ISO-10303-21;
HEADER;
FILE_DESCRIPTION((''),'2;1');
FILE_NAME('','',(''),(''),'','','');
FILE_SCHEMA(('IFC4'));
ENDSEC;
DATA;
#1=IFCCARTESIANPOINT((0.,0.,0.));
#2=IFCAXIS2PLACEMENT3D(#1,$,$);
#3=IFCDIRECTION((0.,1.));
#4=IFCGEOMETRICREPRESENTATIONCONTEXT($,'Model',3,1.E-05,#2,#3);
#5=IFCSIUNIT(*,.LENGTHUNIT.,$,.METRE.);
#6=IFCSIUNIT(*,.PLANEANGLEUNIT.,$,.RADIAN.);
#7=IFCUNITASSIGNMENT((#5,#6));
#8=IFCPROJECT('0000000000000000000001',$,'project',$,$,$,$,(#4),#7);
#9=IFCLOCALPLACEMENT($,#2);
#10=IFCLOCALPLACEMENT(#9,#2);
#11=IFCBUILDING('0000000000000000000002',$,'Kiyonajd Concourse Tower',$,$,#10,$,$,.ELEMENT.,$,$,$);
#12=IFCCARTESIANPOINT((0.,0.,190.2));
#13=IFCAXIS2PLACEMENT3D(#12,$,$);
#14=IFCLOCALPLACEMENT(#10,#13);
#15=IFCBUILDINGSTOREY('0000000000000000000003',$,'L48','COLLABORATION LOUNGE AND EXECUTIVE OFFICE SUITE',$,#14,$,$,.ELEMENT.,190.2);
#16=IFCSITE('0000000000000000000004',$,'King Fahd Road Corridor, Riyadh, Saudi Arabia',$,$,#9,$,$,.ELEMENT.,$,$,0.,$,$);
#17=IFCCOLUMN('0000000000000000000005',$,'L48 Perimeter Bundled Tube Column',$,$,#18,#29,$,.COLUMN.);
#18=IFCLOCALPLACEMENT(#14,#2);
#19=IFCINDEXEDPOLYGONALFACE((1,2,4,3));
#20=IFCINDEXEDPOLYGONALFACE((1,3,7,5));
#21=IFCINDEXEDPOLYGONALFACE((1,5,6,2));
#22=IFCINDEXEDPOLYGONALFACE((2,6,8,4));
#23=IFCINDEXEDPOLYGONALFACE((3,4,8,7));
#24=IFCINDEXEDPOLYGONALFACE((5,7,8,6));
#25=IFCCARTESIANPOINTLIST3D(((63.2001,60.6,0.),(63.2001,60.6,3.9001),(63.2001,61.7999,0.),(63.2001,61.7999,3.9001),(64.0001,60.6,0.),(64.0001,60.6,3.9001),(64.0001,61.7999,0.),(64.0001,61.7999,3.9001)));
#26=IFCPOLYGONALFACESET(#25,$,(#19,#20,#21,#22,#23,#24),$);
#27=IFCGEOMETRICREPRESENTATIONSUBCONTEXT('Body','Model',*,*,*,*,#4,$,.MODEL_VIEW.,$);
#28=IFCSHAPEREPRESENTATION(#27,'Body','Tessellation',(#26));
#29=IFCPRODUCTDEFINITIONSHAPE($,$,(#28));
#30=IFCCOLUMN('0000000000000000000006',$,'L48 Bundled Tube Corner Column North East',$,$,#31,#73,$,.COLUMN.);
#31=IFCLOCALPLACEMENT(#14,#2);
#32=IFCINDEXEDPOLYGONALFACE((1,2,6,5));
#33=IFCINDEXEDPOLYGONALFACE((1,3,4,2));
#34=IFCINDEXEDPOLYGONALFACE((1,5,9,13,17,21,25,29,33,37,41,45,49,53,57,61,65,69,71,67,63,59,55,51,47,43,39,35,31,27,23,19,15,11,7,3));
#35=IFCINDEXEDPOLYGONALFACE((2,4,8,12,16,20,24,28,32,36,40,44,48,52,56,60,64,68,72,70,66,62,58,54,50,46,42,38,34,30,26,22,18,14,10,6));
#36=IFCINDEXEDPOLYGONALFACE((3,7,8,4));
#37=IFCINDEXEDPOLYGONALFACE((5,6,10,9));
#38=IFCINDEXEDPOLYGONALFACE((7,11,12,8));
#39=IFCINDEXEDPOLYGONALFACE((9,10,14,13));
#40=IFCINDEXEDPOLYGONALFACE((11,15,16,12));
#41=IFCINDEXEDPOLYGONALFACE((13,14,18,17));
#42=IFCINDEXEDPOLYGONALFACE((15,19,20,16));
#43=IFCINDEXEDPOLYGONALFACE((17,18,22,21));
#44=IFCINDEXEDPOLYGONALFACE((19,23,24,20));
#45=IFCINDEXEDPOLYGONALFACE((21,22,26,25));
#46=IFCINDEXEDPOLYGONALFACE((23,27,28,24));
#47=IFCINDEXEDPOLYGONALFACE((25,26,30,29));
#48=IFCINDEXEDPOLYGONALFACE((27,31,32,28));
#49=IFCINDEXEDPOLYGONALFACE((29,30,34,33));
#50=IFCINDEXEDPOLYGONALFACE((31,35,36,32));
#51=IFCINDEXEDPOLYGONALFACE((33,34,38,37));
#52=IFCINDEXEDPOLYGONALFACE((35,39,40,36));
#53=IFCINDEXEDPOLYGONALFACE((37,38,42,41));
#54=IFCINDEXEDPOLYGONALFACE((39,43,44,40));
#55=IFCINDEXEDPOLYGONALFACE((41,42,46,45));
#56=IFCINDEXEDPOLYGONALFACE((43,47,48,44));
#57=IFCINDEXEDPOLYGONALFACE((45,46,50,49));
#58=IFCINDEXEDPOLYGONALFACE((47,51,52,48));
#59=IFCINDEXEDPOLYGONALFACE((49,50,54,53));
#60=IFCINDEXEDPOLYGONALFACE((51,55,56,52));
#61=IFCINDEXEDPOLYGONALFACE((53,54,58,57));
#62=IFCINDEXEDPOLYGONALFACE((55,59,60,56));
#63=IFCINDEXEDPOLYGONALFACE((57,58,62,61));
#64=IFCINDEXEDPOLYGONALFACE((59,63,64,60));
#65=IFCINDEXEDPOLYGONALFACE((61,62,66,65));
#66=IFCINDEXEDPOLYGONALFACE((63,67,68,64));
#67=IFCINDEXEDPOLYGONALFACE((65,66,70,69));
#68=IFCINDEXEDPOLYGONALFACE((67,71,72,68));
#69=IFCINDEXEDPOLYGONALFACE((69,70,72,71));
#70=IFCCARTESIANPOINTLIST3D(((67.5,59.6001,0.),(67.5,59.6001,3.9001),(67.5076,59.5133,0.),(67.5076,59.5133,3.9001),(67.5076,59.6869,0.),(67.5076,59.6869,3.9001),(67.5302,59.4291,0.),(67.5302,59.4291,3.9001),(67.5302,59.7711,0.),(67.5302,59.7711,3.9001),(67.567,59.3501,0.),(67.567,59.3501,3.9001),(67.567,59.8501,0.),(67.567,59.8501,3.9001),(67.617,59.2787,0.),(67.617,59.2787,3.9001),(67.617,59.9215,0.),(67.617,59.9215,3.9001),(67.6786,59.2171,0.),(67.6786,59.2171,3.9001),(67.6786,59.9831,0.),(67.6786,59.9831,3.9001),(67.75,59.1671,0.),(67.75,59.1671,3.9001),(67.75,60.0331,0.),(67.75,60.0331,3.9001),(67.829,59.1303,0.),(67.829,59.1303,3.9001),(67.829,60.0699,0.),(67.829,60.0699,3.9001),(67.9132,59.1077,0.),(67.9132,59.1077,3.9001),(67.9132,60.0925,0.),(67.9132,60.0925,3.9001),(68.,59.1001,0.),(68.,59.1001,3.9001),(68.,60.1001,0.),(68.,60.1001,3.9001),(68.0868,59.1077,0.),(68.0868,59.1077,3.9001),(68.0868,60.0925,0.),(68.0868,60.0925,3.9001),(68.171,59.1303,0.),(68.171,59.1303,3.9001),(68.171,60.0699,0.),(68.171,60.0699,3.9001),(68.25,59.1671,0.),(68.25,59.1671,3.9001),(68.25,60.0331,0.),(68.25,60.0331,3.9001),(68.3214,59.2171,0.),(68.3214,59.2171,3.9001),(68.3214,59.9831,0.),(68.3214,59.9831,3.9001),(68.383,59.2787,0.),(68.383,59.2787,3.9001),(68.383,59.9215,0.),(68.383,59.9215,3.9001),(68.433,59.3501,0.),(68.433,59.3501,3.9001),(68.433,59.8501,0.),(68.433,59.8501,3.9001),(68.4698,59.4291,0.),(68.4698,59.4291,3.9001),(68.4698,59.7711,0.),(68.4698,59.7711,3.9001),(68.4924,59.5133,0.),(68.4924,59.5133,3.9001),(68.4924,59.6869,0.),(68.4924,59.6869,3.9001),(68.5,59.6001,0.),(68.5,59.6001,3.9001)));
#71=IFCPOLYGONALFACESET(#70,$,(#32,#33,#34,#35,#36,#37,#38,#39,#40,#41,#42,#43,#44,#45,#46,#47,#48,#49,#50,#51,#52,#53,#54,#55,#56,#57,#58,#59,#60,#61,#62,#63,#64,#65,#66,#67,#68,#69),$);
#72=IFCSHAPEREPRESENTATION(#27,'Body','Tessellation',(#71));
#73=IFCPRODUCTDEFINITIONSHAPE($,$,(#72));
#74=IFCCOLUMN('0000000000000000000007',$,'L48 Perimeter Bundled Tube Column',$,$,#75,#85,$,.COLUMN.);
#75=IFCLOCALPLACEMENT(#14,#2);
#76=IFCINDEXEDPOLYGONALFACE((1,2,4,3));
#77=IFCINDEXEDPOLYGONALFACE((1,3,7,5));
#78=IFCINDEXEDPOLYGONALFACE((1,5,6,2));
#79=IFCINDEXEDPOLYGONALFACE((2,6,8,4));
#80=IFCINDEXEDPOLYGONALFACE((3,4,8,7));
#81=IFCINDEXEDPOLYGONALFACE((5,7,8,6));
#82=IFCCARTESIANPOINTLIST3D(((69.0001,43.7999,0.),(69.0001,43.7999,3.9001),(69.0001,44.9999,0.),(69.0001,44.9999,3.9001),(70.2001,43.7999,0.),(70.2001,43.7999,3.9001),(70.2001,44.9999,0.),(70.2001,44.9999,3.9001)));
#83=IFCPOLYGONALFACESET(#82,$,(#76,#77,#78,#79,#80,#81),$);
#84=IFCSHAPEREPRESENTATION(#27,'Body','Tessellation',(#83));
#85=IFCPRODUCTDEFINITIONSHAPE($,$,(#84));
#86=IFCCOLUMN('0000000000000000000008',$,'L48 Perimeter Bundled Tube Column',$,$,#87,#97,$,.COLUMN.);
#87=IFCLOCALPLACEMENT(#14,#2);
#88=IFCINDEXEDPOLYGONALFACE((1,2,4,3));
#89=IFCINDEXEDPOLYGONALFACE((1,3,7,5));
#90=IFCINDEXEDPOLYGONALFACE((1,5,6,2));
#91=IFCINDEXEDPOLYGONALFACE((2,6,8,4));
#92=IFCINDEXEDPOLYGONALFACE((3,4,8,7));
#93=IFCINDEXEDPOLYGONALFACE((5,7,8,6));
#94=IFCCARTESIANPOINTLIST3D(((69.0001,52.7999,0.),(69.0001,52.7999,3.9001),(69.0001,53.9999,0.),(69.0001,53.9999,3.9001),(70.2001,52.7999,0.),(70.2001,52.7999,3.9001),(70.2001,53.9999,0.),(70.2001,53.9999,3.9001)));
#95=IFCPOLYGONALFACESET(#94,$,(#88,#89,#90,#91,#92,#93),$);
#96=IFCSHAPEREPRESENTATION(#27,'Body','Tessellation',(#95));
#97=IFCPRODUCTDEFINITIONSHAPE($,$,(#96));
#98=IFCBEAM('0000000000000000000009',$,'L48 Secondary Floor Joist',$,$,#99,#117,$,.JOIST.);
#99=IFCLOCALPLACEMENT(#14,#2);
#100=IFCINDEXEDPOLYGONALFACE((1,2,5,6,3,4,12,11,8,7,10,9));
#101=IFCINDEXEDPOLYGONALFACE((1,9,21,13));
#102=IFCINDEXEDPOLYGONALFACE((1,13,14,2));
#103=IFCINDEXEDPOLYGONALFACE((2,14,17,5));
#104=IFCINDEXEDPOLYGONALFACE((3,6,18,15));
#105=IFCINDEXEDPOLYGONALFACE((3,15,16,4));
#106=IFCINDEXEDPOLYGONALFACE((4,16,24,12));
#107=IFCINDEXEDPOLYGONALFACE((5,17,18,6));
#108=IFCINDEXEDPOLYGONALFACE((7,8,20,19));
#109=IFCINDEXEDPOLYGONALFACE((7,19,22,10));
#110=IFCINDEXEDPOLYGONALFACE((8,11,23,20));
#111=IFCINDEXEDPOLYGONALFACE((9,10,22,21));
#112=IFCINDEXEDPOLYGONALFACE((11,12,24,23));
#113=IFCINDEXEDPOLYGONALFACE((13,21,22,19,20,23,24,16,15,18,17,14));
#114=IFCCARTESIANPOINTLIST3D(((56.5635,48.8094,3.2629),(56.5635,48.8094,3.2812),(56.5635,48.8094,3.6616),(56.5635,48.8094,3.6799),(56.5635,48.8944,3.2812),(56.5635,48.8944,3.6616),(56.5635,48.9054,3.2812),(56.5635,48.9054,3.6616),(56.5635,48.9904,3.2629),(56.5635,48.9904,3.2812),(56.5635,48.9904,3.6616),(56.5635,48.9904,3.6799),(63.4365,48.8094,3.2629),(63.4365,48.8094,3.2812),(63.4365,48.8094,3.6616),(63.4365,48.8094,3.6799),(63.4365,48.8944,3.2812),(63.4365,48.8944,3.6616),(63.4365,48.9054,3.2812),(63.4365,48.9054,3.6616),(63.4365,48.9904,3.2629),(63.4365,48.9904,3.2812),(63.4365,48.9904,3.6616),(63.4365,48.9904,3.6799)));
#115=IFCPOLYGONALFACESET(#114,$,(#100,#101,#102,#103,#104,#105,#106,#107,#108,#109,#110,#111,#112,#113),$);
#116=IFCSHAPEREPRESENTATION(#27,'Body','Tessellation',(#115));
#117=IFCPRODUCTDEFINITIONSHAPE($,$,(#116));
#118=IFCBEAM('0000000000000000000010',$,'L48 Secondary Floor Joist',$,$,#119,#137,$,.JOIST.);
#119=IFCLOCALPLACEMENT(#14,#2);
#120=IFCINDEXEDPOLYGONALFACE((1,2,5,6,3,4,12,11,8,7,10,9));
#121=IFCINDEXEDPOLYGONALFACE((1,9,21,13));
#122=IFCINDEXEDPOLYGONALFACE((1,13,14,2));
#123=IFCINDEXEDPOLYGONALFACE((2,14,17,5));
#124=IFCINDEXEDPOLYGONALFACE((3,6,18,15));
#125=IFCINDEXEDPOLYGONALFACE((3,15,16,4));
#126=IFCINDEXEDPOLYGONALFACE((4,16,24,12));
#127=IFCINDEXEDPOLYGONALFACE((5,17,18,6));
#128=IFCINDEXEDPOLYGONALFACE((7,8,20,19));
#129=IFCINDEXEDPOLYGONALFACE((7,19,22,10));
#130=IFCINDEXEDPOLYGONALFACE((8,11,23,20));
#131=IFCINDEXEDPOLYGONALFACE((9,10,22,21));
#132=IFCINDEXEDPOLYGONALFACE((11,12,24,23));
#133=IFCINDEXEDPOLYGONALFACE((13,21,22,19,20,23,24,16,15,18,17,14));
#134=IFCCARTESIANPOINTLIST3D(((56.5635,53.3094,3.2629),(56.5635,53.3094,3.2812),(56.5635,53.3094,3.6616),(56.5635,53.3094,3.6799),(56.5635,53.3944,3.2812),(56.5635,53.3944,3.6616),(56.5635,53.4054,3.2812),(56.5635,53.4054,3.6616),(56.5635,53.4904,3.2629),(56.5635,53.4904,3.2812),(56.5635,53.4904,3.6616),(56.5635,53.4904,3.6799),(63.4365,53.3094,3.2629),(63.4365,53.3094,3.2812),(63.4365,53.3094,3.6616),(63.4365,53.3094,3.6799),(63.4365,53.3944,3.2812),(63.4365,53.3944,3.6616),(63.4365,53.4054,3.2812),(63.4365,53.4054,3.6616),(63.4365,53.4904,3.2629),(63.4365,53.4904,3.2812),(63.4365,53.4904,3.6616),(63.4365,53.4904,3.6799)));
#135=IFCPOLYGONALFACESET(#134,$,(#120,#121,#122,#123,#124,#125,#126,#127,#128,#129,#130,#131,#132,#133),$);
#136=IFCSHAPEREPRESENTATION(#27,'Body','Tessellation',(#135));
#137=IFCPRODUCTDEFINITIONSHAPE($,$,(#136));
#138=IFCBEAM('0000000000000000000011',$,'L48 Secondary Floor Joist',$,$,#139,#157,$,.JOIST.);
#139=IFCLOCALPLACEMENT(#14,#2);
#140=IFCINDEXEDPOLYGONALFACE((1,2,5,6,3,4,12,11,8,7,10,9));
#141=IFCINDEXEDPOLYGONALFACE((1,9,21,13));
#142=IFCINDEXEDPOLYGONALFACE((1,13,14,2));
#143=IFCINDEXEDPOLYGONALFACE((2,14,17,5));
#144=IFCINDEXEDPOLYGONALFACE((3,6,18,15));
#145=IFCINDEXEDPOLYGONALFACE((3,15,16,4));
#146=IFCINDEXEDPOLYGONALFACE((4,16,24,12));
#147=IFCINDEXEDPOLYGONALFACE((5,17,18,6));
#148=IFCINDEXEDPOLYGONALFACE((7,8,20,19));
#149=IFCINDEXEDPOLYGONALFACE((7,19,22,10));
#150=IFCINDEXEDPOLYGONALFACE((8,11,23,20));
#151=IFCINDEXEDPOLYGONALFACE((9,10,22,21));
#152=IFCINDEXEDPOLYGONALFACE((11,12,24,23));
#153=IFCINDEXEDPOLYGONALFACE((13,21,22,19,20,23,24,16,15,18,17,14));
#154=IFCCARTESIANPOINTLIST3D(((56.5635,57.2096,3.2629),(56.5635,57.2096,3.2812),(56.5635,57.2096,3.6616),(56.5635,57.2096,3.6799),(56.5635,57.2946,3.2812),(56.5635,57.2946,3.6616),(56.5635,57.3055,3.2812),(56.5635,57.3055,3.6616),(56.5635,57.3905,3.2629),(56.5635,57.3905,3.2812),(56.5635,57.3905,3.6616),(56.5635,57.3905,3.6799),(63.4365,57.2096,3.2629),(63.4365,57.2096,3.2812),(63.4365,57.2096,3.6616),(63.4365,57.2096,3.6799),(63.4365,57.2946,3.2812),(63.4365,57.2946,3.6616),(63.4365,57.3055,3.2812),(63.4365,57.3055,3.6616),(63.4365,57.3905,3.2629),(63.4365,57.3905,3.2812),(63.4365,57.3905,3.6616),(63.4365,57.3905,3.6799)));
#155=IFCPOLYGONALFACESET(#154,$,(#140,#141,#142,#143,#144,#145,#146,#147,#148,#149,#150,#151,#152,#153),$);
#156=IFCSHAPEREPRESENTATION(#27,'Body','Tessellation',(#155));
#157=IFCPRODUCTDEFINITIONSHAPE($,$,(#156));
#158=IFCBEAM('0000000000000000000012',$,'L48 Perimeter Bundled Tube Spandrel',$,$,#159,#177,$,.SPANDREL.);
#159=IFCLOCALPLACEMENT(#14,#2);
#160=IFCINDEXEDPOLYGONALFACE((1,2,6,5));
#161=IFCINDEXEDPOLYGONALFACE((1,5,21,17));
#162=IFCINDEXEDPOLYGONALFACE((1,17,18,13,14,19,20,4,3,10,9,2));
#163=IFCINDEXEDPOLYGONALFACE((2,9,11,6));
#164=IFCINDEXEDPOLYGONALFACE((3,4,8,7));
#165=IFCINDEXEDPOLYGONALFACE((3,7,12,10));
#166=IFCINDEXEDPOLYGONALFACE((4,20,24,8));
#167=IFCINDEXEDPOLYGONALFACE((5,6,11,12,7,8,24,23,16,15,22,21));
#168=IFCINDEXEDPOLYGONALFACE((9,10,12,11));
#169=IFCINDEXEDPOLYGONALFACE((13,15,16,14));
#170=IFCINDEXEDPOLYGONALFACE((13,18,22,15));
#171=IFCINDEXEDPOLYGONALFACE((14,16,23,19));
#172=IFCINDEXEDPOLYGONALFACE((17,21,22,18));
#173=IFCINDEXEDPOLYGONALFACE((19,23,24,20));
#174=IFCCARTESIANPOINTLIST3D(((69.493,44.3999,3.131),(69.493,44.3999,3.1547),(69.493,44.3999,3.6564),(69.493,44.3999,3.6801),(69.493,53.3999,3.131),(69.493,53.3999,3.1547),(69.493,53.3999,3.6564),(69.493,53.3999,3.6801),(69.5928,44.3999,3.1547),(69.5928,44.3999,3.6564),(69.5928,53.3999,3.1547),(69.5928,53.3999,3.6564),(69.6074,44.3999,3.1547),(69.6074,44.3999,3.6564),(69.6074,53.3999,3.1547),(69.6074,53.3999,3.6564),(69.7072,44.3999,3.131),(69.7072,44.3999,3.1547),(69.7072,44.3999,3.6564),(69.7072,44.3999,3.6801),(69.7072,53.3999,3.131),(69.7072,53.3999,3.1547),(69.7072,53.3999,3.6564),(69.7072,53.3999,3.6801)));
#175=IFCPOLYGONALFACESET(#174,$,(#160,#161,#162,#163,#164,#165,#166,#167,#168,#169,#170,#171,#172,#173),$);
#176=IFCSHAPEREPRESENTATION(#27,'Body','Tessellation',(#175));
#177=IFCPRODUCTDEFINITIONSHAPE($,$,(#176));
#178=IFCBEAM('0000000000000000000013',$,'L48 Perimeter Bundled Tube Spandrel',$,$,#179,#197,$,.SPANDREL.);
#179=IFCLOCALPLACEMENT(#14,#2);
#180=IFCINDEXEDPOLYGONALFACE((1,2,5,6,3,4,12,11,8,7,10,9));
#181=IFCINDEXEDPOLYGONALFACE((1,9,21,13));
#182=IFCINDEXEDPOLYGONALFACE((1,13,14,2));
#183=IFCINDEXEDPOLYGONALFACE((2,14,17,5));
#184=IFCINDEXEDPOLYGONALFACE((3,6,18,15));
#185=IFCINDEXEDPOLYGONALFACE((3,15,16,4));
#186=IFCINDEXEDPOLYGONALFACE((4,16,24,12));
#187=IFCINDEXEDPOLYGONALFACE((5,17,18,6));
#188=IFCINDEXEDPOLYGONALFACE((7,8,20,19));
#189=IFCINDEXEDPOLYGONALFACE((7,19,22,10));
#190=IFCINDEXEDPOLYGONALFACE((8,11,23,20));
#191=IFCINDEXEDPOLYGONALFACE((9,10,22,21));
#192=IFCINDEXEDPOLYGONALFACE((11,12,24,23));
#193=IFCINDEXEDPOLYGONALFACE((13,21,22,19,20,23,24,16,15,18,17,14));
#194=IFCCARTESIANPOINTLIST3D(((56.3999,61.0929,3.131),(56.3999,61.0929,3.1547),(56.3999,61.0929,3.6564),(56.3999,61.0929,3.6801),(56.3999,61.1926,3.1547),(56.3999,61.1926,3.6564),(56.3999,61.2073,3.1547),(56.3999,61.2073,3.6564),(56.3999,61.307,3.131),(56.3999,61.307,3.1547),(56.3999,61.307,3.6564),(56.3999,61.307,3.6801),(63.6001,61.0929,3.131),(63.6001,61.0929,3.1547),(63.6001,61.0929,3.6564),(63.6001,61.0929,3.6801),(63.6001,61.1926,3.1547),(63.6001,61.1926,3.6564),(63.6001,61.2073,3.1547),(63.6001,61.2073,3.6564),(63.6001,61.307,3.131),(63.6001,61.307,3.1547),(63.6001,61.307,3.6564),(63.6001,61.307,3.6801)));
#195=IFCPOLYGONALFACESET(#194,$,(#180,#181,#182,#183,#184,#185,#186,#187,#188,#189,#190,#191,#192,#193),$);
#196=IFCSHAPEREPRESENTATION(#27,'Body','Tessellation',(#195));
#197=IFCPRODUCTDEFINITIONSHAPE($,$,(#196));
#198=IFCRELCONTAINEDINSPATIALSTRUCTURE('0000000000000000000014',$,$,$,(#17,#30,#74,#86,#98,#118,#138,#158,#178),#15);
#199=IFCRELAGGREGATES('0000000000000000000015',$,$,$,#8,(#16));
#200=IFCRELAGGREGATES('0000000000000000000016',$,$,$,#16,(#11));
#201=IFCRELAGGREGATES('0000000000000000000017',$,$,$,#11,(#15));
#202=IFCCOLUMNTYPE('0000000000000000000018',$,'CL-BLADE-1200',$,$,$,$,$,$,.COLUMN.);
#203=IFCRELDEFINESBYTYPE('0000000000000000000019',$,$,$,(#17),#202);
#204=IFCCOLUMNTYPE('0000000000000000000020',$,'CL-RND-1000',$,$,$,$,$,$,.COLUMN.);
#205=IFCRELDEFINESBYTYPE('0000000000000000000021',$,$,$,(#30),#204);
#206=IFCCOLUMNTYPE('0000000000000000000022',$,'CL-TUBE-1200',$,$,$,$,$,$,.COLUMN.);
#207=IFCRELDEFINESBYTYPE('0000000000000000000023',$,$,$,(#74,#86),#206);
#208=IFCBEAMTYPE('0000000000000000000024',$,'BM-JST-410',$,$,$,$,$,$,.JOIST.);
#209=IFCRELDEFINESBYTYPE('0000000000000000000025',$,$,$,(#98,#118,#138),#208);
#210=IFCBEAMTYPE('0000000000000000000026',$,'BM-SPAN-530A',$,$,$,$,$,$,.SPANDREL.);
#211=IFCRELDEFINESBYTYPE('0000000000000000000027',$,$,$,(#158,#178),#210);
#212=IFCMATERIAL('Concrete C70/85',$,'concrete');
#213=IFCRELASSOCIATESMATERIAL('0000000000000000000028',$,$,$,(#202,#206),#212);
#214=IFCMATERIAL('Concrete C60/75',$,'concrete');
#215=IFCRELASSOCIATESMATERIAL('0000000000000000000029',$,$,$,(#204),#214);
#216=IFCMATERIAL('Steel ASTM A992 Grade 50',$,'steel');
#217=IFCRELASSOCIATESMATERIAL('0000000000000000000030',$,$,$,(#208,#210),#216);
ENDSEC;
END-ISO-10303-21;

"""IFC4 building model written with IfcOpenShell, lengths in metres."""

from ifc_helpers import new_model, si_unit, direction, frame, origin, origin_2d, place, context, subcontext, project, spatial, rectangle, circle, i_section, extrude, material, material_profile, profile_set, type_object, element, save


model = new_model("IFC4")

# Units and contexts
model_context = context("Model", 3, precision=1e-05, world=origin(), true_north=direction((0.0, 1.0)))
body_context = subcontext(model_context, "Body", "Model", "MODEL_VIEW")
ifc_project = project(units=[si_unit("LENGTHUNIT", "METRE"), si_unit("PLANEANGLEUNIT", "RADIAN")], contexts=[model_context])

# Site, building, storey
site_placement = place(None, origin())
site = spatial("IfcSite", under=ifc_project, at=site_placement, Name="King Fahd Road Corridor, Riyadh, Saudi Arabia", CompositionType="ELEMENT", RefElevation=0.0)
building_placement = place(site_placement, origin())
building = spatial("IfcBuilding", under=site, at=building_placement, Name="Kiyonajd Concourse Tower", CompositionType="ELEMENT")
storey_placement = place(building_placement, frame((0.0, 0.0, 190.2)))
storey = spatial("IfcBuildingStorey", under=building, at=storey_placement, Name="L48", Description="COLLABORATION LOUNGE AND EXECUTIVE OFFICE SUITE", CompositionType="ELEMENT", Elevation=190.2)

# Columns
ifc_material_1 = material(Name="Concrete C70/85", Category="concrete")
ifc_material_profile_1 = material_profile(ifc_material_1, rectangle(XDim=0.8, YDim=1.2, at=origin_2d()), Name="RC-1200x800")
ifc_profile_set_1 = profile_set([ifc_material_profile_1], Name="Concrete C70/85")
column_type_1 = type_object("IfcColumnType", Name="CL-BLADE-1200", PredefinedType="COLUMN", material=ifc_profile_set_1)
column_1_placement = place(storey_placement, frame((63.6001, 61.2, 0.0), z_axis=(0.0, 0.0, 1.0), x_axis=(1.0, 0.0, 0.0)))
element("IfcColumn", 1, at=column_1_placement, inside=storey, type_object=column_type_1, Name="L48 Perimeter Bundled Tube Column", PredefinedType="COLUMN", context=body_context, shape_type="SweptSolid", body=[
    extrude(rectangle(XDim=0.8, YDim=1.2, at=origin_2d()), origin(), (0.0, 0.0, 1.0), 3.9001),
])
ifc_material_2 = material(Name="Concrete C60/75", Category="concrete")
ifc_material_profile_2 = material_profile(ifc_material_2, circle(Radius=0.5, at=origin_2d()), Name="RCC-D1000")
ifc_profile_set_2 = profile_set([ifc_material_profile_2], Name="Concrete C60/75")
column_type_2 = type_object("IfcColumnType", Name="CL-RND-1000", PredefinedType="COLUMN", material=ifc_profile_set_2)
column_2_placement = place(storey_placement, frame((68.0, 59.6001, 0.0), z_axis=(0.0, 0.0, 1.0), x_axis=(1.0, 0.0, 0.0)))
element("IfcColumn", 2, at=column_2_placement, inside=storey, type_object=column_type_2, Name="L48 Bundled Tube Corner Column North East", PredefinedType="COLUMN", context=body_context, shape_type="SweptSolid", body=[
    extrude(circle(Radius=0.5, at=origin_2d()), origin(), (0.0, 0.0, 1.0), 3.9001),
])
ifc_material_profile_3 = material_profile(ifc_material_1, rectangle(XDim=1.2, YDim=1.2, at=origin_2d()), Name="RC-1200x1200")
ifc_profile_set_3 = profile_set([ifc_material_profile_3], Name="Concrete C70/85")
column_type_3 = type_object("IfcColumnType", Name="CL-TUBE-1200", PredefinedType="COLUMN", material=ifc_profile_set_3)
for number, where, z_axis, x_axis, name in (
    (3, (69.6001, 44.3999, 0.0), (0.0, 0.0, 1.0), (1.0, 0.0, 0.0), "L48 Perimeter Bundled Tube Column"),
    (4, (69.6001, 53.3999, 0.0), (0.0, 0.0, 1.0), (1.0, 0.0, 0.0), "L48 Perimeter Bundled Tube Column"),
):
    element("IfcColumn", number, at=place(storey_placement, frame(where, z_axis=z_axis, x_axis=x_axis)), inside=storey, type_object=column_type_3, Name=name, PredefinedType="COLUMN", context=body_context, shape_type="SweptSolid", body=[
        extrude(rectangle(XDim=1.2, YDim=1.2, at=origin_2d()), origin(), (0.0, 0.0, 1.0), 3.9001),
    ])

# Beams
ifc_material_3 = material(Name="Steel ASTM A992 Grade 50", Category="steel")
ifc_material_profile_4 = material_profile(ifc_material_3, i_section(OverallWidth=0.1809, OverallDepth=0.417, WebThickness=0.011, FlangeThickness=0.0183, at=origin_2d()), Name="W410X85")
ifc_profile_set_4 = profile_set([ifc_material_profile_4], Name="Steel ASTM A992 Grade 50")
beam_type_1 = type_object("IfcBeamType", Name="BM-JST-410", PredefinedType="JOIST", material=ifc_profile_set_4)
for number, where, z_axis, x_axis, name in (
    (5, (56.5635, 48.8999, 3.4714), (1.0, 0.0, 0.0), (0.0, 1.0, 0.0), "L48 Secondary Floor Joist"),
    (6, (56.5635, 53.3999, 3.4714), (1.0, 0.0, 0.0), (0.0, 1.0, 0.0), "L48 Secondary Floor Joist"),
    (7, (56.5635, 57.3, 3.4714), (1.0, 0.0, 0.0), (0.0, 1.0, 0.0), "L48 Secondary Floor Joist"),
):
    element("IfcBeam", number, at=place(storey_placement, frame(where, z_axis=z_axis, x_axis=x_axis)), inside=storey, type_object=beam_type_1, Name=name, PredefinedType="JOIST", context=body_context, shape_type="SweptSolid", body=[
        extrude(i_section(OverallWidth=0.1809, OverallDepth=0.417, WebThickness=0.011, FlangeThickness=0.0183, at=origin_2d()), origin(), (0.0, 0.0, 1.0), 6.873),
    ])
ifc_material_profile_5 = material_profile(ifc_material_3, i_section(OverallWidth=0.2141, OverallDepth=0.5491, WebThickness=0.0146, FlangeThickness=0.0237, at=origin_2d()), Name="W530X138")
ifc_profile_set_5 = profile_set([ifc_material_profile_5], Name="Steel ASTM A992 Grade 50")
beam_type_2 = type_object("IfcBeamType", Name="BM-SPAN-530A", PredefinedType="SPANDREL", material=ifc_profile_set_5)
beam_1_placement = place(storey_placement, frame((69.6001, 44.3999, 3.4055), z_axis=(0.0, 1.0, 0.0), x_axis=(-1.0, 0.0, 0.0)))
element("IfcBeam", 8, at=beam_1_placement, inside=storey, type_object=beam_type_2, Name="L48 Perimeter Bundled Tube Spandrel", PredefinedType="SPANDREL", context=body_context, shape_type="SweptSolid", body=[
    extrude(i_section(OverallWidth=0.2141, OverallDepth=0.5491, WebThickness=0.0146, FlangeThickness=0.0237, at=origin_2d()), origin(), (0.0, 0.0, 1.0), 9.0),
])
beam_2_placement = place(storey_placement, frame((63.6001, 61.2, 3.4055), z_axis=(-1.0, 0.0, 0.0), x_axis=(0.0, -1.0, 0.0)))
element("IfcBeam", 9, at=beam_2_placement, inside=storey, type_object=beam_type_2, Name="L48 Perimeter Bundled Tube Spandrel", PredefinedType="SPANDREL", context=body_context, shape_type="SweptSolid", body=[
    extrude(i_section(OverallWidth=0.2141, OverallDepth=0.5491, WebThickness=0.0146, FlangeThickness=0.0237, at=origin_2d()), origin(), (0.0, 0.0, 1.0), 7.2002),
])

save(model, "model.ifc")
